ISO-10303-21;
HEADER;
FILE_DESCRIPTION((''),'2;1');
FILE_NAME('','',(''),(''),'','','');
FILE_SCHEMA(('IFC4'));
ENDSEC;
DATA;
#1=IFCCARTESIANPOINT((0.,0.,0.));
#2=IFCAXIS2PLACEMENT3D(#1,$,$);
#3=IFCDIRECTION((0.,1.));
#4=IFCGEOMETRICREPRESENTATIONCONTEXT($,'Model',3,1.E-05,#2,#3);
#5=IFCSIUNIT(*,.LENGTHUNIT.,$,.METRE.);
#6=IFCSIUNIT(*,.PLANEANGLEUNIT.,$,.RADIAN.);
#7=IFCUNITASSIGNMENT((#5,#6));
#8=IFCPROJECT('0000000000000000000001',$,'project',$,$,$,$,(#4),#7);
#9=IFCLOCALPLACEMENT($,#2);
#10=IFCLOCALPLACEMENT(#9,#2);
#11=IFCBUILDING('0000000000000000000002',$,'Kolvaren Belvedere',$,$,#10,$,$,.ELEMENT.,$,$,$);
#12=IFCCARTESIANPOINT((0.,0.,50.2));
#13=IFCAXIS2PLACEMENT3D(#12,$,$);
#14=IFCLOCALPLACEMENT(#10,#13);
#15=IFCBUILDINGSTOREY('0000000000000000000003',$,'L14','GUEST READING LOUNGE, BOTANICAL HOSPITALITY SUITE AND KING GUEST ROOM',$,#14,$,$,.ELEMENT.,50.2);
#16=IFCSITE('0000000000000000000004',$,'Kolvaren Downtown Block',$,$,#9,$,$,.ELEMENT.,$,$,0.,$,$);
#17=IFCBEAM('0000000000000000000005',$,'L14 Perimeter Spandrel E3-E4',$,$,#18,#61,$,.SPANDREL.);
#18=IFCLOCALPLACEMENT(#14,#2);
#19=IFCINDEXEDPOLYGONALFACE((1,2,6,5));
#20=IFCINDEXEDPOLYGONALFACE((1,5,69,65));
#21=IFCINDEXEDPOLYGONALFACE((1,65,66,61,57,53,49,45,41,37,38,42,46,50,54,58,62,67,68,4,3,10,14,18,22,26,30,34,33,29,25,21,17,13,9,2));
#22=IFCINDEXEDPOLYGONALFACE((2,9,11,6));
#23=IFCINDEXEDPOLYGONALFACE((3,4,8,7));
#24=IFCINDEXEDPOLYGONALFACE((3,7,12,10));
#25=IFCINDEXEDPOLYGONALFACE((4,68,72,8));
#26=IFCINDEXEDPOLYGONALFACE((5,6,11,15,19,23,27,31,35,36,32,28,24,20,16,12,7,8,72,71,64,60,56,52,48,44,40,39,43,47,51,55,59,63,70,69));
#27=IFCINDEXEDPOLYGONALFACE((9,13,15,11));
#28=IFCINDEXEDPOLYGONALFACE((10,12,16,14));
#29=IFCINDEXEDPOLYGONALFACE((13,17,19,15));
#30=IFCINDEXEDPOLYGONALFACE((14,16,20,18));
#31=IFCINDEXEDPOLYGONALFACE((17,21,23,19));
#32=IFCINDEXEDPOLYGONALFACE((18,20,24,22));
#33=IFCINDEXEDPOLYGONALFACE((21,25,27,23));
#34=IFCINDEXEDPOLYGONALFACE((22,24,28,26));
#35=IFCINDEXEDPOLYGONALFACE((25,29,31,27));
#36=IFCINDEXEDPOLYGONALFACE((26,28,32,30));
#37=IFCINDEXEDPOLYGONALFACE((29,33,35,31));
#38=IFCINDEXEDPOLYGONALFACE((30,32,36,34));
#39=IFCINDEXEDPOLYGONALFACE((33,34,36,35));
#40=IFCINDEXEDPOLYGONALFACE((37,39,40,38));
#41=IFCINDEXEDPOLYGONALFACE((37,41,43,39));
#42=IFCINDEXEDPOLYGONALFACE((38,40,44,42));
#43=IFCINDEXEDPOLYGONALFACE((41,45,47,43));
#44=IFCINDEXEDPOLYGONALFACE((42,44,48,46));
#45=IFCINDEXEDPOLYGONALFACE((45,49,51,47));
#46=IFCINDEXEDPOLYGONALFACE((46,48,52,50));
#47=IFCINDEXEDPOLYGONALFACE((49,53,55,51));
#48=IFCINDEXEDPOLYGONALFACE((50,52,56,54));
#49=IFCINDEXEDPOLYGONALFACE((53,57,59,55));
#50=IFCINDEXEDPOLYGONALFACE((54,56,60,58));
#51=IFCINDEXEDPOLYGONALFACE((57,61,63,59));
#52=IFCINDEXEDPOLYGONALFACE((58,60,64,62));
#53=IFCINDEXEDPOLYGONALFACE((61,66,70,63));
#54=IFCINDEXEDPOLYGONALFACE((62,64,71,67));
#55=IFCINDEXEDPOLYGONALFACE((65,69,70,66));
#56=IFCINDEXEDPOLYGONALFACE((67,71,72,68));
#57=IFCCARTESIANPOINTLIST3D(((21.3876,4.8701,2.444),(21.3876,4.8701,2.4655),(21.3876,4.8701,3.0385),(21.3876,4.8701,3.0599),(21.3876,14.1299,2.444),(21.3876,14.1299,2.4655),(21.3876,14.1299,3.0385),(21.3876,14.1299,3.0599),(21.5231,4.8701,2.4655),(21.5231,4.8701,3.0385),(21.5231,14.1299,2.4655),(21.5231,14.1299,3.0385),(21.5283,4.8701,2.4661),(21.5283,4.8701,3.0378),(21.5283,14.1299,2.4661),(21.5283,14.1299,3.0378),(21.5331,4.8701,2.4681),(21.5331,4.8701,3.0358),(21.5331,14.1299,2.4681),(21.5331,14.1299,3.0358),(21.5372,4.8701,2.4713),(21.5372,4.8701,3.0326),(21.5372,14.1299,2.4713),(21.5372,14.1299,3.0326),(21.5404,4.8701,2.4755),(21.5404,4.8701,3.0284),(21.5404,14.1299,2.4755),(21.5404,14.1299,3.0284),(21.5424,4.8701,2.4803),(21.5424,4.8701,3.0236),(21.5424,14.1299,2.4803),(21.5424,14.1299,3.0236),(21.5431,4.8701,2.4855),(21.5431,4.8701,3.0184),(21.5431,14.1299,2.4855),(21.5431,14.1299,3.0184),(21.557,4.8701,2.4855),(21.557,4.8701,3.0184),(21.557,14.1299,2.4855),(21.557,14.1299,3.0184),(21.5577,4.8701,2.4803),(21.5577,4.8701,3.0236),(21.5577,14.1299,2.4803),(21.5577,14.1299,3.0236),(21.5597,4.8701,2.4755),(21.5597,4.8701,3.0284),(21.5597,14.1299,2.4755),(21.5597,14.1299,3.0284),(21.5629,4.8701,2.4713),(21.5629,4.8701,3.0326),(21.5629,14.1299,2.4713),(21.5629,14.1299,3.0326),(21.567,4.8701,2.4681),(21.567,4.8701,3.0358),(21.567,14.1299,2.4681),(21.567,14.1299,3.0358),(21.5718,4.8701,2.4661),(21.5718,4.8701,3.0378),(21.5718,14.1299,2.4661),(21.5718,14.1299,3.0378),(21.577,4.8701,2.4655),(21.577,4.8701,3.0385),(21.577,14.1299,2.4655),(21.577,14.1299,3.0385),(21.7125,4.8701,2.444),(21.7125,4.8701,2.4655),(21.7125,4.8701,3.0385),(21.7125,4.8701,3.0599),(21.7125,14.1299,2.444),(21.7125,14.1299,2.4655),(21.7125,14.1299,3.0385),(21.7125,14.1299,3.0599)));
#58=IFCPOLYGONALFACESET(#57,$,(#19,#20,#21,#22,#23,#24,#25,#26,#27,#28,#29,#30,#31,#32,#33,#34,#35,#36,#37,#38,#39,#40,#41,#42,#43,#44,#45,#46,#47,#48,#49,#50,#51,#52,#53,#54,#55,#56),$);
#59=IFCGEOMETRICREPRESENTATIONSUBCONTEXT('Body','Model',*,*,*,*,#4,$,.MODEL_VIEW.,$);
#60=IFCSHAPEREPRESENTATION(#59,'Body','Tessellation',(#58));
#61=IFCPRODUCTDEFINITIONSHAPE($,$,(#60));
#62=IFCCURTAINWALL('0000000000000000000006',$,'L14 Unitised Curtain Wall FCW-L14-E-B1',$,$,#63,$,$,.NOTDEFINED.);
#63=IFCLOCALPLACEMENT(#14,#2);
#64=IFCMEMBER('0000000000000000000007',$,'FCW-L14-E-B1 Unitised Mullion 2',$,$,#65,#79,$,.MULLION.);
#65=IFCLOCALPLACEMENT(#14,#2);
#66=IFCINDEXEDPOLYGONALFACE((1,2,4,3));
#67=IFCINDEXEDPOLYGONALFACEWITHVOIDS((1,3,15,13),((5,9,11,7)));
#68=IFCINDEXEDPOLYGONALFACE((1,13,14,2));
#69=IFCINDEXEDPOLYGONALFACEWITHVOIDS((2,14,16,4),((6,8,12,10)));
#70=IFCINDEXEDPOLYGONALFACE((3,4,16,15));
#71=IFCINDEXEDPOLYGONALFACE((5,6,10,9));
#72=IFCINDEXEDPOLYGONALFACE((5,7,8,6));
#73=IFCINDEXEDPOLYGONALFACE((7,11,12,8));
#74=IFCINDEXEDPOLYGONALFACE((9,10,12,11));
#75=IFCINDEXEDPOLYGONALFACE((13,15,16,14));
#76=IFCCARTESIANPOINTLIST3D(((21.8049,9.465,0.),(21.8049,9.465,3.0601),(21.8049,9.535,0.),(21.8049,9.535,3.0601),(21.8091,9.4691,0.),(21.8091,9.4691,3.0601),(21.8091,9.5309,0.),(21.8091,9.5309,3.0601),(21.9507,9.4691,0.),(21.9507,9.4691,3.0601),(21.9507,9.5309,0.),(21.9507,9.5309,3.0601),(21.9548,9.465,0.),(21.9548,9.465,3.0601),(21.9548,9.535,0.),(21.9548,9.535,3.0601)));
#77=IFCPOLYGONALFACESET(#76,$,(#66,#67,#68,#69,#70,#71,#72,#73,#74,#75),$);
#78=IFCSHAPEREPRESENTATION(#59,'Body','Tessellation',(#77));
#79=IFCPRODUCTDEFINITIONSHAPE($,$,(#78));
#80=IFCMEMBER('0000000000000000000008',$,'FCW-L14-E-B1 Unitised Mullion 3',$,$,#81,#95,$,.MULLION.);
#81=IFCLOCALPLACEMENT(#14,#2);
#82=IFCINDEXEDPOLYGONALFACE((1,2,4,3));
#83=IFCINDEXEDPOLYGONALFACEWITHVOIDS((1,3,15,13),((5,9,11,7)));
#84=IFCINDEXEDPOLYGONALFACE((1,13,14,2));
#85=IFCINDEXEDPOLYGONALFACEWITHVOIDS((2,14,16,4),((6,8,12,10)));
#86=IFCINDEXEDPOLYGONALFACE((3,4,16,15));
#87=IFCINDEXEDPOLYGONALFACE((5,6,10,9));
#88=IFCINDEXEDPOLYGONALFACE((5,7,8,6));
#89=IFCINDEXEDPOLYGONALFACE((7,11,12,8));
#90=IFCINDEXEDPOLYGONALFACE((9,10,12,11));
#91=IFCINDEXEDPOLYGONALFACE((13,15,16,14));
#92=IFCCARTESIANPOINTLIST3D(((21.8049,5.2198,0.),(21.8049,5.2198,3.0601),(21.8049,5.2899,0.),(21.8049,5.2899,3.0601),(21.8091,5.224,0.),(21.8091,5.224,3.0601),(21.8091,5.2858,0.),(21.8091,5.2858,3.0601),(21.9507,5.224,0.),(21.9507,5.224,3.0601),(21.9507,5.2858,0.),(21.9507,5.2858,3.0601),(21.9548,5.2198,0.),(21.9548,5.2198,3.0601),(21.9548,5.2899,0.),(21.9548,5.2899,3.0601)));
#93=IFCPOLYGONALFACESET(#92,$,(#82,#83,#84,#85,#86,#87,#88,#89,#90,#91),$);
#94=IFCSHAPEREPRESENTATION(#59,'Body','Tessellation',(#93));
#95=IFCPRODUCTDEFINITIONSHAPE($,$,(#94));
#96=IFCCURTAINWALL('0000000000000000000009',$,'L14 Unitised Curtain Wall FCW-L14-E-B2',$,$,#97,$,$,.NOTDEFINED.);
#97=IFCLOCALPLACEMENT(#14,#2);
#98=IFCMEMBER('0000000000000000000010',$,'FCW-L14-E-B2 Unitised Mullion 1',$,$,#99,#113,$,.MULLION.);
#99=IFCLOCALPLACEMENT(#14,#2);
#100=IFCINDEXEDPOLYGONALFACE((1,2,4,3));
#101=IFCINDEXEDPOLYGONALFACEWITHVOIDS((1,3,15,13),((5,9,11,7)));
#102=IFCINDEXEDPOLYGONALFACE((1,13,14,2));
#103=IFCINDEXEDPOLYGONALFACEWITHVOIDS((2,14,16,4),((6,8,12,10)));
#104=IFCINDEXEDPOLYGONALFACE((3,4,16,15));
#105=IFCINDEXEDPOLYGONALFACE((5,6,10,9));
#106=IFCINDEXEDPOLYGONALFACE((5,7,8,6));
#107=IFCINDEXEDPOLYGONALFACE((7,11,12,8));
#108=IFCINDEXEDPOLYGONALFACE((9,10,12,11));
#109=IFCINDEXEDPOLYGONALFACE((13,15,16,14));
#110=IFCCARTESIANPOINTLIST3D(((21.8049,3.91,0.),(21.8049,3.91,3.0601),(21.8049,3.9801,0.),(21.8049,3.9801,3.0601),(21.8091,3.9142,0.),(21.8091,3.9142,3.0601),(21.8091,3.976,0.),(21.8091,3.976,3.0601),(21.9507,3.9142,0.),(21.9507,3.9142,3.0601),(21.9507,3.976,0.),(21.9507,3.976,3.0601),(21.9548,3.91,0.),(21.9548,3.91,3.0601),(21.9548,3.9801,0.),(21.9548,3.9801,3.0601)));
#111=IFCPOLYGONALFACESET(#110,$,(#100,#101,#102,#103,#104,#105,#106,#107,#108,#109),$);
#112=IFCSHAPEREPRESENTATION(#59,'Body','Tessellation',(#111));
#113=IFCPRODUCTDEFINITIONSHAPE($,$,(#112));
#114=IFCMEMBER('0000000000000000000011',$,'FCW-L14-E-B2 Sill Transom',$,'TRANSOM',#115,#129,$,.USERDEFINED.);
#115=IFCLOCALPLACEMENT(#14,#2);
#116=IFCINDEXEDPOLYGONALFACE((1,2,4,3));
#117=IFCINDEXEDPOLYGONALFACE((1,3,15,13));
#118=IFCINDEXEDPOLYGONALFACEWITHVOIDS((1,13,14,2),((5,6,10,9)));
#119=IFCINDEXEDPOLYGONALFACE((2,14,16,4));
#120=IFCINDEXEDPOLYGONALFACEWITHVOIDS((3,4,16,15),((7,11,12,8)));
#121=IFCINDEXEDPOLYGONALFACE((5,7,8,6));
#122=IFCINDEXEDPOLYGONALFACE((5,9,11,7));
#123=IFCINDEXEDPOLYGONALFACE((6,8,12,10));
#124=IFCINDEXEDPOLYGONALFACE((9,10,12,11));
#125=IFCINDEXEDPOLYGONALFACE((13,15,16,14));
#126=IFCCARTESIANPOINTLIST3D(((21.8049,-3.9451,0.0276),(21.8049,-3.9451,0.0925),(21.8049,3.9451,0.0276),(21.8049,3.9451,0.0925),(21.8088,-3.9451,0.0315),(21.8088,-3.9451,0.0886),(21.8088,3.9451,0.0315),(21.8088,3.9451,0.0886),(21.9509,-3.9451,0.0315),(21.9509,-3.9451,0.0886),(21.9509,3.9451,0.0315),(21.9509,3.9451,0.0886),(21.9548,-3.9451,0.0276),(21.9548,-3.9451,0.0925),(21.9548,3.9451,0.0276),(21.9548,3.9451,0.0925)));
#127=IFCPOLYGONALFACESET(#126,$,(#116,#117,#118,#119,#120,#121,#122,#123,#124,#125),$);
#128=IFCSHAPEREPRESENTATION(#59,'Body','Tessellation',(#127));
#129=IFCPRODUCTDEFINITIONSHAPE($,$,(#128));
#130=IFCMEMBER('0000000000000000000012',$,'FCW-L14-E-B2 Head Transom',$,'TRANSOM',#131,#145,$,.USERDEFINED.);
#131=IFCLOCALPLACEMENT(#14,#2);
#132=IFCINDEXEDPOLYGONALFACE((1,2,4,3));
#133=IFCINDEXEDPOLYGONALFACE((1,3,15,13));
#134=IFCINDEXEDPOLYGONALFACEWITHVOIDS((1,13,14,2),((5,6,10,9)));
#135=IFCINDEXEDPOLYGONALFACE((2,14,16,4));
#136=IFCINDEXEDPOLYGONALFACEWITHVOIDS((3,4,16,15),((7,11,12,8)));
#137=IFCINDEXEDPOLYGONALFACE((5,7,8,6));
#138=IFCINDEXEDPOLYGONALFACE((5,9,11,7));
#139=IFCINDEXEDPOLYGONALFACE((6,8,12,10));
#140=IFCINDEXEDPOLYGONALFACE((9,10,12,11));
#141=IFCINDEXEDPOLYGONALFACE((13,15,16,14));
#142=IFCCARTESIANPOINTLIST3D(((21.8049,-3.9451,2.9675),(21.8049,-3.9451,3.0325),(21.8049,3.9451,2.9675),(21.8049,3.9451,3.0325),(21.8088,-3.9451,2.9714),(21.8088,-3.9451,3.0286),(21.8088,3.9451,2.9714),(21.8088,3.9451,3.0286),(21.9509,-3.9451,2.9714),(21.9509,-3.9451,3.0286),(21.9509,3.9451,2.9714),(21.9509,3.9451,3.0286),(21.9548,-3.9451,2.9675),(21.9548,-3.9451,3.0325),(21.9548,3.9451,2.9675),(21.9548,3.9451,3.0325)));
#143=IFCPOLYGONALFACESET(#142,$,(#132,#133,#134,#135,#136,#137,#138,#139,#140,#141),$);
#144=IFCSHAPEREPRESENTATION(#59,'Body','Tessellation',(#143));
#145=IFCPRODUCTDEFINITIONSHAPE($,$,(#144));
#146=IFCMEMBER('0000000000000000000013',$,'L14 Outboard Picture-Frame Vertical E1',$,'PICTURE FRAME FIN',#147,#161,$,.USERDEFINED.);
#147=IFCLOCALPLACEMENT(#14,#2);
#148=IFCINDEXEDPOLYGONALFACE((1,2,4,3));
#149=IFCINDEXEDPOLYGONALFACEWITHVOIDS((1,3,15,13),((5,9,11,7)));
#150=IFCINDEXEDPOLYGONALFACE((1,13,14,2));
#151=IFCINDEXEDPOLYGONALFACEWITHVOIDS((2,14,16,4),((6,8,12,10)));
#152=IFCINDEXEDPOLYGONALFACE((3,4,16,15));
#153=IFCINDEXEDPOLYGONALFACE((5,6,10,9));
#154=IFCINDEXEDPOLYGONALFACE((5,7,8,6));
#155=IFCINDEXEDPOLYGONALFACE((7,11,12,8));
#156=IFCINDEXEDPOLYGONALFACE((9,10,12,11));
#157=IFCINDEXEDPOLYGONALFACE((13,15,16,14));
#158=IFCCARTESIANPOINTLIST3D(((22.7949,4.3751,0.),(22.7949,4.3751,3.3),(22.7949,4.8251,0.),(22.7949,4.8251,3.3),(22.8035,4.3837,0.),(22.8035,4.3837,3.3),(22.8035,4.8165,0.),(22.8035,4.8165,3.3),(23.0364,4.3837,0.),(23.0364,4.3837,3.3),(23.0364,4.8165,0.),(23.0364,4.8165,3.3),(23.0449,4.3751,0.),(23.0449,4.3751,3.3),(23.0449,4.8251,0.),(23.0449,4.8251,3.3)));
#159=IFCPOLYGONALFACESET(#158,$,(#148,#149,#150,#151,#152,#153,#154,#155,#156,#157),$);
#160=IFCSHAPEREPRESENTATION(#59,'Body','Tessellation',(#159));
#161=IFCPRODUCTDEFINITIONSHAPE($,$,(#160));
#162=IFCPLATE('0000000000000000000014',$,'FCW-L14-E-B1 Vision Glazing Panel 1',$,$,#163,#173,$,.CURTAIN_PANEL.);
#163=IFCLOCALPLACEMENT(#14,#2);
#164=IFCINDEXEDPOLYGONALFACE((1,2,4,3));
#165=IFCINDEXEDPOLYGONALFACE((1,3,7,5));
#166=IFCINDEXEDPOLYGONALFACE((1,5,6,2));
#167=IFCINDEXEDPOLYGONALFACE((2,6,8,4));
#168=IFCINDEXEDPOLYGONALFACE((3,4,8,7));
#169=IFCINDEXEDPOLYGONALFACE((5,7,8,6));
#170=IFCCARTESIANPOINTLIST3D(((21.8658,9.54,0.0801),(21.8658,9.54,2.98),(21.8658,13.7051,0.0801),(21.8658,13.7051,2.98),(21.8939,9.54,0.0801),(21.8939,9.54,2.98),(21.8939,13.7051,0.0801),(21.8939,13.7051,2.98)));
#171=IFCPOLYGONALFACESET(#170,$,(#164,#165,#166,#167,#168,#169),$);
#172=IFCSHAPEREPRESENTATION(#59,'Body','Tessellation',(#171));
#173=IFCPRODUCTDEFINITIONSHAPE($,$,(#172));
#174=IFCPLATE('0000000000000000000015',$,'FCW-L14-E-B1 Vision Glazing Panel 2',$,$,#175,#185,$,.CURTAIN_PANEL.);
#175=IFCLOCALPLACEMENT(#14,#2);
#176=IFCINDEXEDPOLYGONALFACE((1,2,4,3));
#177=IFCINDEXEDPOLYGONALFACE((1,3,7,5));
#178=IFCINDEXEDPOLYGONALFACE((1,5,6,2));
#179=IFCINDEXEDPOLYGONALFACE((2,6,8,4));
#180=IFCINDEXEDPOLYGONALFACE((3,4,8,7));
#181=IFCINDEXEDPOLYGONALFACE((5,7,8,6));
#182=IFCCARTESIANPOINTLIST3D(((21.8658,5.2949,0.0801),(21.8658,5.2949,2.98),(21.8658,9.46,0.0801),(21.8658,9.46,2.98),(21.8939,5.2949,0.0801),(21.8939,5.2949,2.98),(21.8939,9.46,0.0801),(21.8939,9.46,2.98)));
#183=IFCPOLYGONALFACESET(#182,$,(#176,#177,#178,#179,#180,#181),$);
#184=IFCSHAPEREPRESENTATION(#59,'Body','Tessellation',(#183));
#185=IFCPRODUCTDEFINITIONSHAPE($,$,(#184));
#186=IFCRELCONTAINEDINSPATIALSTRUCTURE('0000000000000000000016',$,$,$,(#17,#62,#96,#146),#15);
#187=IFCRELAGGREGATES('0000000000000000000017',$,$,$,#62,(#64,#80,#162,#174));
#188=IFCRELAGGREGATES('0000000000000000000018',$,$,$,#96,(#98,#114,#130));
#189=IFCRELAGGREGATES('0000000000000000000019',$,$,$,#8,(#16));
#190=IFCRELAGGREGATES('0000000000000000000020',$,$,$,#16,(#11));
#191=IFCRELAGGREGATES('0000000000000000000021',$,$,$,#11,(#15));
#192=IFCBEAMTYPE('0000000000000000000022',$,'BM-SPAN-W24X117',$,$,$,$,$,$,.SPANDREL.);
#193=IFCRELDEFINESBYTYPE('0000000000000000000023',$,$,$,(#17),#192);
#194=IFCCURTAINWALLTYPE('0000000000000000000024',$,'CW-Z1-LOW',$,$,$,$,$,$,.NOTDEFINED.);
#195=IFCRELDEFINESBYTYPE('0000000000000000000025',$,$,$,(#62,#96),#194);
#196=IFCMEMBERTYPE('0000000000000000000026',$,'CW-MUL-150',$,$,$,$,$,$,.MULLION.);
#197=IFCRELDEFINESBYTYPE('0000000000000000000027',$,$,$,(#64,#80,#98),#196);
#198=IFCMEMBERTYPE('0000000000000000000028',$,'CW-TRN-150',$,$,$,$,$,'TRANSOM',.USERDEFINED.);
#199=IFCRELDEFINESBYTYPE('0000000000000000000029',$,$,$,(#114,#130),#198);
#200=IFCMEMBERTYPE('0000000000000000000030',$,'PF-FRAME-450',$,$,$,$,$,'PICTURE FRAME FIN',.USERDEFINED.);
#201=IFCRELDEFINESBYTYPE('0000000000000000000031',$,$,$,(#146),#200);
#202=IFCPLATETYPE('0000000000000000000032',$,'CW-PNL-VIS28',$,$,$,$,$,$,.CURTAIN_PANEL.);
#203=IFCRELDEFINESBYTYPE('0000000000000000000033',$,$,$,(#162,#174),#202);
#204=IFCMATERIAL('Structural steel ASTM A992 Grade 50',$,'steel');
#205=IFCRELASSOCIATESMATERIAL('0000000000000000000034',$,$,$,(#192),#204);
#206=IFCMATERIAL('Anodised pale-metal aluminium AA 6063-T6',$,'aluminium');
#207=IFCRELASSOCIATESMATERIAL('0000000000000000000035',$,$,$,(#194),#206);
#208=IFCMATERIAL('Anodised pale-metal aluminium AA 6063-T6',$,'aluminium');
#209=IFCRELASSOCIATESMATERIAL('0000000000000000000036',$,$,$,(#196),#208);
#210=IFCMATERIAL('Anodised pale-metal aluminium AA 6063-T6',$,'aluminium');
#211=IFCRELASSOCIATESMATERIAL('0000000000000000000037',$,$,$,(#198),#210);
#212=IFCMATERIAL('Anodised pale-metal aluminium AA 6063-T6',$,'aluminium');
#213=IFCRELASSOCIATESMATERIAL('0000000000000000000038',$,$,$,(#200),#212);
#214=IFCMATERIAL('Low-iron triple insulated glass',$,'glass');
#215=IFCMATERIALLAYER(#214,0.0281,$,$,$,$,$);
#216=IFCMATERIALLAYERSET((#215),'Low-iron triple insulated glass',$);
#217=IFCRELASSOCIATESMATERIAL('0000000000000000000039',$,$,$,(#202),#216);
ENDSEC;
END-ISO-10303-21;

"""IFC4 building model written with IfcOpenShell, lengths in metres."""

from ifc_helpers import new_model, si_unit, direction, frame, origin, origin_2d, place, context, subcontext, project, spatial, rectangle, hollow_rectangle, i_section, extrude, material, layer, layer_set, material_profile, profile_set, type_object, element, aggregate, save


model = new_model("IFC4")

# Units and contexts
model_context = context("Model", 3, precision=1e-05, world=origin(), true_north=direction((0.0, 1.0)))
body_context = subcontext(model_context, "Body", "Model", "MODEL_VIEW")
ifc_project = project(units=[si_unit("LENGTHUNIT", "METRE"), si_unit("PLANEANGLEUNIT", "RADIAN")], contexts=[model_context])

# Site, building, storey
site_placement = place(None, origin())
site = spatial("IfcSite", under=ifc_project, at=site_placement, Name="Kolvaren Downtown Block", CompositionType="ELEMENT", RefElevation=0.0)
building_placement = place(site_placement, origin())
building = spatial("IfcBuilding", under=site, at=building_placement, Name="Kolvaren Belvedere", CompositionType="ELEMENT")
storey_placement = place(building_placement, frame((0.0, 0.0, 50.2)))
storey = spatial("IfcBuildingStorey", under=building, at=storey_placement, Name="L14", Description="GUEST READING LOUNGE, BOTANICAL HOSPITALITY SUITE AND KING GUEST ROOM", CompositionType="ELEMENT", Elevation=50.2)

# Beam
ifc_material_1 = material(Name="Structural steel ASTM A992 Grade 50", Category="steel")
ifc_material_profile_1 = material_profile(ifc_material_1, i_section(OverallWidth=0.325, OverallDepth=0.616, WebThickness=0.0139, FlangeThickness=0.0215, FilletRadius=0.02, at=origin_2d()), Name="W24X117")
ifc_profile_set_1 = profile_set([ifc_material_profile_1], Name="Structural steel ASTM A992 Grade 50")
beam_type_1 = type_object("IfcBeamType", Name="BM-SPAN-W24X117", PredefinedType="SPANDREL", material=ifc_profile_set_1)
beam_1_placement = place(storey_placement, frame((21.55, 4.8701, 2.752), z_axis=(0.0, 1.0, 0.0), x_axis=(-1.0, 0.0, 0.0)))
element("IfcBeam", 1, at=beam_1_placement, inside=storey, type_object=beam_type_1, Name="L14 Perimeter Spandrel E3-E4", PredefinedType="SPANDREL", context=body_context, shape_type="SweptSolid", body=[
    extrude(i_section(OverallWidth=0.325, OverallDepth=0.616, WebThickness=0.0139, FlangeThickness=0.0215, FilletRadius=0.02, at=origin_2d()), origin(), (0.0, 0.0, 1.0), 9.2598),
])

# Curtain walls, members
ifc_material_2 = material(Name="Anodised pale-metal aluminium AA 6063-T6", Category="aluminium")
curtain_wall_type = type_object("IfcCurtainWallType", Name="CW-Z1-LOW", PredefinedType="NOTDEFINED", material=ifc_material_2)
curtain_wall_1_placement = place(storey_placement, origin())
curtain_wall_1 = element("IfcCurtainWall", 2, at=curtain_wall_1_placement, inside=storey, type_object=curtain_wall_type, Name="L14 Unitised Curtain Wall FCW-L14-E-B1", PredefinedType="NOTDEFINED")
ifc_material_3 = material(Name="Anodised pale-metal aluminium AA 6063-T6", Category="aluminium")
ifc_material_profile_2 = material_profile(ifc_material_3, hollow_rectangle(XDim=0.0701, YDim=0.1499, WallThickness=0.0042, at=origin_2d()), Name="ALU-MUL-150X70")
ifc_profile_set_2 = profile_set([ifc_material_profile_2], Name="Anodised pale-metal aluminium AA 6063-T6")
member_type_1 = type_object("IfcMemberType", Name="CW-MUL-150", PredefinedType="MULLION", material=ifc_profile_set_2)
member_1_placement = place(storey_placement, frame((21.8799, 9.5, 0.0), z_axis=(0.0, 0.0, 1.0), x_axis=(0.0, 1.0, 0.0)))
member_1 = element("IfcMember", 3, at=member_1_placement, type_object=member_type_1, Name="FCW-L14-E-B1 Unitised Mullion 2", PredefinedType="MULLION", context=body_context, shape_type="SweptSolid", body=[
    extrude(hollow_rectangle(XDim=0.0701, YDim=0.1499, WallThickness=0.0042, at=origin_2d()), origin(), (0.0, 0.0, 1.0), 3.0601),
])
member_2_placement = place(storey_placement, frame((21.8799, 5.2549, 0.0), z_axis=(0.0, 0.0, 1.0), x_axis=(0.0, 1.0, 0.0)))
member_2 = element("IfcMember", 4, at=member_2_placement, type_object=member_type_1, Name="FCW-L14-E-B1 Unitised Mullion 3", PredefinedType="MULLION", context=body_context, shape_type="SweptSolid", body=[
    extrude(hollow_rectangle(XDim=0.0701, YDim=0.1499, WallThickness=0.0042, at=origin_2d()), origin(), (0.0, 0.0, 1.0), 3.0601),
])
curtain_wall_2_placement = place(storey_placement, origin())
curtain_wall_2 = element("IfcCurtainWall", 5, at=curtain_wall_2_placement, inside=storey, type_object=curtain_wall_type, Name="L14 Unitised Curtain Wall FCW-L14-E-B2", PredefinedType="NOTDEFINED")
member_3_placement = place(storey_placement, frame((21.8799, 3.9451, 0.0), z_axis=(0.0, 0.0, 1.0), x_axis=(0.0, 1.0, 0.0)))
member_3 = element("IfcMember", 6, at=member_3_placement, type_object=member_type_1, Name="FCW-L14-E-B2 Unitised Mullion 1", PredefinedType="MULLION", context=body_context, shape_type="SweptSolid", body=[
    extrude(hollow_rectangle(XDim=0.0701, YDim=0.1499, WallThickness=0.0042, at=origin_2d()), origin(), (0.0, 0.0, 1.0), 3.0601),
])
ifc_material_4 = material(Name="Anodised pale-metal aluminium AA 6063-T6", Category="aluminium")
ifc_material_profile_3 = material_profile(ifc_material_4, hollow_rectangle(XDim=0.0649, YDim=0.1499, WallThickness=0.0039, at=origin_2d()), Name="ALU-TRN-150X65")
ifc_profile_set_3 = profile_set([ifc_material_profile_3], Name="Anodised pale-metal aluminium AA 6063-T6")
member_type_2 = type_object("IfcMemberType", Name="CW-TRN-150", ElementType="TRANSOM", PredefinedType="USERDEFINED", material=ifc_profile_set_3)
member_4_placement = place(storey_placement, frame((21.8799, 3.9451, 0.0601), z_axis=(0.0, -1.0, 0.0), x_axis=(0.0, 0.0, 1.0)))
member_4 = element("IfcMember", 7, at=member_4_placement, type_object=member_type_2, Name="FCW-L14-E-B2 Sill Transom", ObjectType="TRANSOM", PredefinedType="USERDEFINED", context=body_context, shape_type="SweptSolid", body=[
    extrude(hollow_rectangle(XDim=0.0649, YDim=0.1499, WallThickness=0.0039, at=origin_2d()), origin(), (0.0, 0.0, 1.0), 7.8901),
])
member_5_placement = place(storey_placement, frame((21.8799, 3.9451, 3.0), z_axis=(0.0, -1.0, 0.0), x_axis=(0.0, 0.0, 1.0)))
member_5 = element("IfcMember", 8, at=member_5_placement, type_object=member_type_2, Name="FCW-L14-E-B2 Head Transom", ObjectType="TRANSOM", PredefinedType="USERDEFINED", context=body_context, shape_type="SweptSolid", body=[
    extrude(hollow_rectangle(XDim=0.0649, YDim=0.1499, WallThickness=0.0039, at=origin_2d()), origin(), (0.0, 0.0, 1.0), 7.8901),
])

# Member
ifc_material_5 = material(Name="Anodised pale-metal aluminium AA 6063-T6", Category="aluminium")
ifc_material_profile_4 = material_profile(ifc_material_5, hollow_rectangle(XDim=0.25, YDim=0.45, WallThickness=0.0085, at=origin_2d()), Name="ALU-PF-450X250")
ifc_profile_set_4 = profile_set([ifc_material_profile_4], Name="Anodised pale-metal aluminium AA 6063-T6")
member_type_3 = type_object("IfcMemberType", Name="PF-FRAME-450", ElementType="PICTURE FRAME FIN", PredefinedType="USERDEFINED", material=ifc_profile_set_4)
member_6_placement = place(storey_placement, frame((22.9199, 4.6001, 0.0), z_axis=(0.0, 0.0, 1.0), x_axis=(1.0, 0.0, 0.0)))
element("IfcMember", 9, at=member_6_placement, inside=storey, type_object=member_type_3, Name="L14 Outboard Picture-Frame Vertical E1", ObjectType="PICTURE FRAME FIN", PredefinedType="USERDEFINED", context=body_context, shape_type="SweptSolid", body=[
    extrude(hollow_rectangle(XDim=0.25, YDim=0.45, WallThickness=0.0085, at=origin_2d()), origin(), (0.0, 0.0, 1.0), 3.3),
])

# Plates
ifc_material_6 = material(Name="Low-iron triple insulated glass", Category="glass")
ifc_layer_1 = layer(ifc_material_6, 0.0281)
ifc_layer_set_1 = layer_set([ifc_layer_1], Name="Low-iron triple insulated glass")
plate_type_1 = type_object("IfcPlateType", Name="CW-PNL-VIS28", PredefinedType="CURTAIN_PANEL", material=ifc_layer_set_1)
plate_1_placement = place(storey_placement, frame((21.8799, 11.6226, 0.0801), z_axis=(0.0, 0.0, 1.0), x_axis=(0.0, -1.0, 0.0)))
plate_1 = element("IfcPlate", 10, at=plate_1_placement, type_object=plate_type_1, Name="FCW-L14-E-B1 Vision Glazing Panel 1", PredefinedType="CURTAIN_PANEL", context=body_context, shape_type="SweptSolid", body=[
    extrude(rectangle(XDim=4.165, YDim=0.0281, at=origin_2d()), origin(), (0.0, 0.0, 1.0), 2.8999),
])
plate_2_placement = place(storey_placement, frame((21.8799, 7.3774, 0.0801), z_axis=(0.0, 0.0, 1.0), x_axis=(0.0, -1.0, 0.0)))
plate_2 = element("IfcPlate", 11, at=plate_2_placement, type_object=plate_type_1, Name="FCW-L14-E-B1 Vision Glazing Panel 2", PredefinedType="CURTAIN_PANEL", context=body_context, shape_type="SweptSolid", body=[
    extrude(rectangle(XDim=4.165, YDim=0.0281, at=origin_2d()), origin(), (0.0, 0.0, 1.0), 2.8999),
])
aggregate(curtain_wall_1, [member_1, member_2, plate_1, plate_2])
aggregate(curtain_wall_2, [member_3, member_4, member_5])

save(model, "model.ifc")
